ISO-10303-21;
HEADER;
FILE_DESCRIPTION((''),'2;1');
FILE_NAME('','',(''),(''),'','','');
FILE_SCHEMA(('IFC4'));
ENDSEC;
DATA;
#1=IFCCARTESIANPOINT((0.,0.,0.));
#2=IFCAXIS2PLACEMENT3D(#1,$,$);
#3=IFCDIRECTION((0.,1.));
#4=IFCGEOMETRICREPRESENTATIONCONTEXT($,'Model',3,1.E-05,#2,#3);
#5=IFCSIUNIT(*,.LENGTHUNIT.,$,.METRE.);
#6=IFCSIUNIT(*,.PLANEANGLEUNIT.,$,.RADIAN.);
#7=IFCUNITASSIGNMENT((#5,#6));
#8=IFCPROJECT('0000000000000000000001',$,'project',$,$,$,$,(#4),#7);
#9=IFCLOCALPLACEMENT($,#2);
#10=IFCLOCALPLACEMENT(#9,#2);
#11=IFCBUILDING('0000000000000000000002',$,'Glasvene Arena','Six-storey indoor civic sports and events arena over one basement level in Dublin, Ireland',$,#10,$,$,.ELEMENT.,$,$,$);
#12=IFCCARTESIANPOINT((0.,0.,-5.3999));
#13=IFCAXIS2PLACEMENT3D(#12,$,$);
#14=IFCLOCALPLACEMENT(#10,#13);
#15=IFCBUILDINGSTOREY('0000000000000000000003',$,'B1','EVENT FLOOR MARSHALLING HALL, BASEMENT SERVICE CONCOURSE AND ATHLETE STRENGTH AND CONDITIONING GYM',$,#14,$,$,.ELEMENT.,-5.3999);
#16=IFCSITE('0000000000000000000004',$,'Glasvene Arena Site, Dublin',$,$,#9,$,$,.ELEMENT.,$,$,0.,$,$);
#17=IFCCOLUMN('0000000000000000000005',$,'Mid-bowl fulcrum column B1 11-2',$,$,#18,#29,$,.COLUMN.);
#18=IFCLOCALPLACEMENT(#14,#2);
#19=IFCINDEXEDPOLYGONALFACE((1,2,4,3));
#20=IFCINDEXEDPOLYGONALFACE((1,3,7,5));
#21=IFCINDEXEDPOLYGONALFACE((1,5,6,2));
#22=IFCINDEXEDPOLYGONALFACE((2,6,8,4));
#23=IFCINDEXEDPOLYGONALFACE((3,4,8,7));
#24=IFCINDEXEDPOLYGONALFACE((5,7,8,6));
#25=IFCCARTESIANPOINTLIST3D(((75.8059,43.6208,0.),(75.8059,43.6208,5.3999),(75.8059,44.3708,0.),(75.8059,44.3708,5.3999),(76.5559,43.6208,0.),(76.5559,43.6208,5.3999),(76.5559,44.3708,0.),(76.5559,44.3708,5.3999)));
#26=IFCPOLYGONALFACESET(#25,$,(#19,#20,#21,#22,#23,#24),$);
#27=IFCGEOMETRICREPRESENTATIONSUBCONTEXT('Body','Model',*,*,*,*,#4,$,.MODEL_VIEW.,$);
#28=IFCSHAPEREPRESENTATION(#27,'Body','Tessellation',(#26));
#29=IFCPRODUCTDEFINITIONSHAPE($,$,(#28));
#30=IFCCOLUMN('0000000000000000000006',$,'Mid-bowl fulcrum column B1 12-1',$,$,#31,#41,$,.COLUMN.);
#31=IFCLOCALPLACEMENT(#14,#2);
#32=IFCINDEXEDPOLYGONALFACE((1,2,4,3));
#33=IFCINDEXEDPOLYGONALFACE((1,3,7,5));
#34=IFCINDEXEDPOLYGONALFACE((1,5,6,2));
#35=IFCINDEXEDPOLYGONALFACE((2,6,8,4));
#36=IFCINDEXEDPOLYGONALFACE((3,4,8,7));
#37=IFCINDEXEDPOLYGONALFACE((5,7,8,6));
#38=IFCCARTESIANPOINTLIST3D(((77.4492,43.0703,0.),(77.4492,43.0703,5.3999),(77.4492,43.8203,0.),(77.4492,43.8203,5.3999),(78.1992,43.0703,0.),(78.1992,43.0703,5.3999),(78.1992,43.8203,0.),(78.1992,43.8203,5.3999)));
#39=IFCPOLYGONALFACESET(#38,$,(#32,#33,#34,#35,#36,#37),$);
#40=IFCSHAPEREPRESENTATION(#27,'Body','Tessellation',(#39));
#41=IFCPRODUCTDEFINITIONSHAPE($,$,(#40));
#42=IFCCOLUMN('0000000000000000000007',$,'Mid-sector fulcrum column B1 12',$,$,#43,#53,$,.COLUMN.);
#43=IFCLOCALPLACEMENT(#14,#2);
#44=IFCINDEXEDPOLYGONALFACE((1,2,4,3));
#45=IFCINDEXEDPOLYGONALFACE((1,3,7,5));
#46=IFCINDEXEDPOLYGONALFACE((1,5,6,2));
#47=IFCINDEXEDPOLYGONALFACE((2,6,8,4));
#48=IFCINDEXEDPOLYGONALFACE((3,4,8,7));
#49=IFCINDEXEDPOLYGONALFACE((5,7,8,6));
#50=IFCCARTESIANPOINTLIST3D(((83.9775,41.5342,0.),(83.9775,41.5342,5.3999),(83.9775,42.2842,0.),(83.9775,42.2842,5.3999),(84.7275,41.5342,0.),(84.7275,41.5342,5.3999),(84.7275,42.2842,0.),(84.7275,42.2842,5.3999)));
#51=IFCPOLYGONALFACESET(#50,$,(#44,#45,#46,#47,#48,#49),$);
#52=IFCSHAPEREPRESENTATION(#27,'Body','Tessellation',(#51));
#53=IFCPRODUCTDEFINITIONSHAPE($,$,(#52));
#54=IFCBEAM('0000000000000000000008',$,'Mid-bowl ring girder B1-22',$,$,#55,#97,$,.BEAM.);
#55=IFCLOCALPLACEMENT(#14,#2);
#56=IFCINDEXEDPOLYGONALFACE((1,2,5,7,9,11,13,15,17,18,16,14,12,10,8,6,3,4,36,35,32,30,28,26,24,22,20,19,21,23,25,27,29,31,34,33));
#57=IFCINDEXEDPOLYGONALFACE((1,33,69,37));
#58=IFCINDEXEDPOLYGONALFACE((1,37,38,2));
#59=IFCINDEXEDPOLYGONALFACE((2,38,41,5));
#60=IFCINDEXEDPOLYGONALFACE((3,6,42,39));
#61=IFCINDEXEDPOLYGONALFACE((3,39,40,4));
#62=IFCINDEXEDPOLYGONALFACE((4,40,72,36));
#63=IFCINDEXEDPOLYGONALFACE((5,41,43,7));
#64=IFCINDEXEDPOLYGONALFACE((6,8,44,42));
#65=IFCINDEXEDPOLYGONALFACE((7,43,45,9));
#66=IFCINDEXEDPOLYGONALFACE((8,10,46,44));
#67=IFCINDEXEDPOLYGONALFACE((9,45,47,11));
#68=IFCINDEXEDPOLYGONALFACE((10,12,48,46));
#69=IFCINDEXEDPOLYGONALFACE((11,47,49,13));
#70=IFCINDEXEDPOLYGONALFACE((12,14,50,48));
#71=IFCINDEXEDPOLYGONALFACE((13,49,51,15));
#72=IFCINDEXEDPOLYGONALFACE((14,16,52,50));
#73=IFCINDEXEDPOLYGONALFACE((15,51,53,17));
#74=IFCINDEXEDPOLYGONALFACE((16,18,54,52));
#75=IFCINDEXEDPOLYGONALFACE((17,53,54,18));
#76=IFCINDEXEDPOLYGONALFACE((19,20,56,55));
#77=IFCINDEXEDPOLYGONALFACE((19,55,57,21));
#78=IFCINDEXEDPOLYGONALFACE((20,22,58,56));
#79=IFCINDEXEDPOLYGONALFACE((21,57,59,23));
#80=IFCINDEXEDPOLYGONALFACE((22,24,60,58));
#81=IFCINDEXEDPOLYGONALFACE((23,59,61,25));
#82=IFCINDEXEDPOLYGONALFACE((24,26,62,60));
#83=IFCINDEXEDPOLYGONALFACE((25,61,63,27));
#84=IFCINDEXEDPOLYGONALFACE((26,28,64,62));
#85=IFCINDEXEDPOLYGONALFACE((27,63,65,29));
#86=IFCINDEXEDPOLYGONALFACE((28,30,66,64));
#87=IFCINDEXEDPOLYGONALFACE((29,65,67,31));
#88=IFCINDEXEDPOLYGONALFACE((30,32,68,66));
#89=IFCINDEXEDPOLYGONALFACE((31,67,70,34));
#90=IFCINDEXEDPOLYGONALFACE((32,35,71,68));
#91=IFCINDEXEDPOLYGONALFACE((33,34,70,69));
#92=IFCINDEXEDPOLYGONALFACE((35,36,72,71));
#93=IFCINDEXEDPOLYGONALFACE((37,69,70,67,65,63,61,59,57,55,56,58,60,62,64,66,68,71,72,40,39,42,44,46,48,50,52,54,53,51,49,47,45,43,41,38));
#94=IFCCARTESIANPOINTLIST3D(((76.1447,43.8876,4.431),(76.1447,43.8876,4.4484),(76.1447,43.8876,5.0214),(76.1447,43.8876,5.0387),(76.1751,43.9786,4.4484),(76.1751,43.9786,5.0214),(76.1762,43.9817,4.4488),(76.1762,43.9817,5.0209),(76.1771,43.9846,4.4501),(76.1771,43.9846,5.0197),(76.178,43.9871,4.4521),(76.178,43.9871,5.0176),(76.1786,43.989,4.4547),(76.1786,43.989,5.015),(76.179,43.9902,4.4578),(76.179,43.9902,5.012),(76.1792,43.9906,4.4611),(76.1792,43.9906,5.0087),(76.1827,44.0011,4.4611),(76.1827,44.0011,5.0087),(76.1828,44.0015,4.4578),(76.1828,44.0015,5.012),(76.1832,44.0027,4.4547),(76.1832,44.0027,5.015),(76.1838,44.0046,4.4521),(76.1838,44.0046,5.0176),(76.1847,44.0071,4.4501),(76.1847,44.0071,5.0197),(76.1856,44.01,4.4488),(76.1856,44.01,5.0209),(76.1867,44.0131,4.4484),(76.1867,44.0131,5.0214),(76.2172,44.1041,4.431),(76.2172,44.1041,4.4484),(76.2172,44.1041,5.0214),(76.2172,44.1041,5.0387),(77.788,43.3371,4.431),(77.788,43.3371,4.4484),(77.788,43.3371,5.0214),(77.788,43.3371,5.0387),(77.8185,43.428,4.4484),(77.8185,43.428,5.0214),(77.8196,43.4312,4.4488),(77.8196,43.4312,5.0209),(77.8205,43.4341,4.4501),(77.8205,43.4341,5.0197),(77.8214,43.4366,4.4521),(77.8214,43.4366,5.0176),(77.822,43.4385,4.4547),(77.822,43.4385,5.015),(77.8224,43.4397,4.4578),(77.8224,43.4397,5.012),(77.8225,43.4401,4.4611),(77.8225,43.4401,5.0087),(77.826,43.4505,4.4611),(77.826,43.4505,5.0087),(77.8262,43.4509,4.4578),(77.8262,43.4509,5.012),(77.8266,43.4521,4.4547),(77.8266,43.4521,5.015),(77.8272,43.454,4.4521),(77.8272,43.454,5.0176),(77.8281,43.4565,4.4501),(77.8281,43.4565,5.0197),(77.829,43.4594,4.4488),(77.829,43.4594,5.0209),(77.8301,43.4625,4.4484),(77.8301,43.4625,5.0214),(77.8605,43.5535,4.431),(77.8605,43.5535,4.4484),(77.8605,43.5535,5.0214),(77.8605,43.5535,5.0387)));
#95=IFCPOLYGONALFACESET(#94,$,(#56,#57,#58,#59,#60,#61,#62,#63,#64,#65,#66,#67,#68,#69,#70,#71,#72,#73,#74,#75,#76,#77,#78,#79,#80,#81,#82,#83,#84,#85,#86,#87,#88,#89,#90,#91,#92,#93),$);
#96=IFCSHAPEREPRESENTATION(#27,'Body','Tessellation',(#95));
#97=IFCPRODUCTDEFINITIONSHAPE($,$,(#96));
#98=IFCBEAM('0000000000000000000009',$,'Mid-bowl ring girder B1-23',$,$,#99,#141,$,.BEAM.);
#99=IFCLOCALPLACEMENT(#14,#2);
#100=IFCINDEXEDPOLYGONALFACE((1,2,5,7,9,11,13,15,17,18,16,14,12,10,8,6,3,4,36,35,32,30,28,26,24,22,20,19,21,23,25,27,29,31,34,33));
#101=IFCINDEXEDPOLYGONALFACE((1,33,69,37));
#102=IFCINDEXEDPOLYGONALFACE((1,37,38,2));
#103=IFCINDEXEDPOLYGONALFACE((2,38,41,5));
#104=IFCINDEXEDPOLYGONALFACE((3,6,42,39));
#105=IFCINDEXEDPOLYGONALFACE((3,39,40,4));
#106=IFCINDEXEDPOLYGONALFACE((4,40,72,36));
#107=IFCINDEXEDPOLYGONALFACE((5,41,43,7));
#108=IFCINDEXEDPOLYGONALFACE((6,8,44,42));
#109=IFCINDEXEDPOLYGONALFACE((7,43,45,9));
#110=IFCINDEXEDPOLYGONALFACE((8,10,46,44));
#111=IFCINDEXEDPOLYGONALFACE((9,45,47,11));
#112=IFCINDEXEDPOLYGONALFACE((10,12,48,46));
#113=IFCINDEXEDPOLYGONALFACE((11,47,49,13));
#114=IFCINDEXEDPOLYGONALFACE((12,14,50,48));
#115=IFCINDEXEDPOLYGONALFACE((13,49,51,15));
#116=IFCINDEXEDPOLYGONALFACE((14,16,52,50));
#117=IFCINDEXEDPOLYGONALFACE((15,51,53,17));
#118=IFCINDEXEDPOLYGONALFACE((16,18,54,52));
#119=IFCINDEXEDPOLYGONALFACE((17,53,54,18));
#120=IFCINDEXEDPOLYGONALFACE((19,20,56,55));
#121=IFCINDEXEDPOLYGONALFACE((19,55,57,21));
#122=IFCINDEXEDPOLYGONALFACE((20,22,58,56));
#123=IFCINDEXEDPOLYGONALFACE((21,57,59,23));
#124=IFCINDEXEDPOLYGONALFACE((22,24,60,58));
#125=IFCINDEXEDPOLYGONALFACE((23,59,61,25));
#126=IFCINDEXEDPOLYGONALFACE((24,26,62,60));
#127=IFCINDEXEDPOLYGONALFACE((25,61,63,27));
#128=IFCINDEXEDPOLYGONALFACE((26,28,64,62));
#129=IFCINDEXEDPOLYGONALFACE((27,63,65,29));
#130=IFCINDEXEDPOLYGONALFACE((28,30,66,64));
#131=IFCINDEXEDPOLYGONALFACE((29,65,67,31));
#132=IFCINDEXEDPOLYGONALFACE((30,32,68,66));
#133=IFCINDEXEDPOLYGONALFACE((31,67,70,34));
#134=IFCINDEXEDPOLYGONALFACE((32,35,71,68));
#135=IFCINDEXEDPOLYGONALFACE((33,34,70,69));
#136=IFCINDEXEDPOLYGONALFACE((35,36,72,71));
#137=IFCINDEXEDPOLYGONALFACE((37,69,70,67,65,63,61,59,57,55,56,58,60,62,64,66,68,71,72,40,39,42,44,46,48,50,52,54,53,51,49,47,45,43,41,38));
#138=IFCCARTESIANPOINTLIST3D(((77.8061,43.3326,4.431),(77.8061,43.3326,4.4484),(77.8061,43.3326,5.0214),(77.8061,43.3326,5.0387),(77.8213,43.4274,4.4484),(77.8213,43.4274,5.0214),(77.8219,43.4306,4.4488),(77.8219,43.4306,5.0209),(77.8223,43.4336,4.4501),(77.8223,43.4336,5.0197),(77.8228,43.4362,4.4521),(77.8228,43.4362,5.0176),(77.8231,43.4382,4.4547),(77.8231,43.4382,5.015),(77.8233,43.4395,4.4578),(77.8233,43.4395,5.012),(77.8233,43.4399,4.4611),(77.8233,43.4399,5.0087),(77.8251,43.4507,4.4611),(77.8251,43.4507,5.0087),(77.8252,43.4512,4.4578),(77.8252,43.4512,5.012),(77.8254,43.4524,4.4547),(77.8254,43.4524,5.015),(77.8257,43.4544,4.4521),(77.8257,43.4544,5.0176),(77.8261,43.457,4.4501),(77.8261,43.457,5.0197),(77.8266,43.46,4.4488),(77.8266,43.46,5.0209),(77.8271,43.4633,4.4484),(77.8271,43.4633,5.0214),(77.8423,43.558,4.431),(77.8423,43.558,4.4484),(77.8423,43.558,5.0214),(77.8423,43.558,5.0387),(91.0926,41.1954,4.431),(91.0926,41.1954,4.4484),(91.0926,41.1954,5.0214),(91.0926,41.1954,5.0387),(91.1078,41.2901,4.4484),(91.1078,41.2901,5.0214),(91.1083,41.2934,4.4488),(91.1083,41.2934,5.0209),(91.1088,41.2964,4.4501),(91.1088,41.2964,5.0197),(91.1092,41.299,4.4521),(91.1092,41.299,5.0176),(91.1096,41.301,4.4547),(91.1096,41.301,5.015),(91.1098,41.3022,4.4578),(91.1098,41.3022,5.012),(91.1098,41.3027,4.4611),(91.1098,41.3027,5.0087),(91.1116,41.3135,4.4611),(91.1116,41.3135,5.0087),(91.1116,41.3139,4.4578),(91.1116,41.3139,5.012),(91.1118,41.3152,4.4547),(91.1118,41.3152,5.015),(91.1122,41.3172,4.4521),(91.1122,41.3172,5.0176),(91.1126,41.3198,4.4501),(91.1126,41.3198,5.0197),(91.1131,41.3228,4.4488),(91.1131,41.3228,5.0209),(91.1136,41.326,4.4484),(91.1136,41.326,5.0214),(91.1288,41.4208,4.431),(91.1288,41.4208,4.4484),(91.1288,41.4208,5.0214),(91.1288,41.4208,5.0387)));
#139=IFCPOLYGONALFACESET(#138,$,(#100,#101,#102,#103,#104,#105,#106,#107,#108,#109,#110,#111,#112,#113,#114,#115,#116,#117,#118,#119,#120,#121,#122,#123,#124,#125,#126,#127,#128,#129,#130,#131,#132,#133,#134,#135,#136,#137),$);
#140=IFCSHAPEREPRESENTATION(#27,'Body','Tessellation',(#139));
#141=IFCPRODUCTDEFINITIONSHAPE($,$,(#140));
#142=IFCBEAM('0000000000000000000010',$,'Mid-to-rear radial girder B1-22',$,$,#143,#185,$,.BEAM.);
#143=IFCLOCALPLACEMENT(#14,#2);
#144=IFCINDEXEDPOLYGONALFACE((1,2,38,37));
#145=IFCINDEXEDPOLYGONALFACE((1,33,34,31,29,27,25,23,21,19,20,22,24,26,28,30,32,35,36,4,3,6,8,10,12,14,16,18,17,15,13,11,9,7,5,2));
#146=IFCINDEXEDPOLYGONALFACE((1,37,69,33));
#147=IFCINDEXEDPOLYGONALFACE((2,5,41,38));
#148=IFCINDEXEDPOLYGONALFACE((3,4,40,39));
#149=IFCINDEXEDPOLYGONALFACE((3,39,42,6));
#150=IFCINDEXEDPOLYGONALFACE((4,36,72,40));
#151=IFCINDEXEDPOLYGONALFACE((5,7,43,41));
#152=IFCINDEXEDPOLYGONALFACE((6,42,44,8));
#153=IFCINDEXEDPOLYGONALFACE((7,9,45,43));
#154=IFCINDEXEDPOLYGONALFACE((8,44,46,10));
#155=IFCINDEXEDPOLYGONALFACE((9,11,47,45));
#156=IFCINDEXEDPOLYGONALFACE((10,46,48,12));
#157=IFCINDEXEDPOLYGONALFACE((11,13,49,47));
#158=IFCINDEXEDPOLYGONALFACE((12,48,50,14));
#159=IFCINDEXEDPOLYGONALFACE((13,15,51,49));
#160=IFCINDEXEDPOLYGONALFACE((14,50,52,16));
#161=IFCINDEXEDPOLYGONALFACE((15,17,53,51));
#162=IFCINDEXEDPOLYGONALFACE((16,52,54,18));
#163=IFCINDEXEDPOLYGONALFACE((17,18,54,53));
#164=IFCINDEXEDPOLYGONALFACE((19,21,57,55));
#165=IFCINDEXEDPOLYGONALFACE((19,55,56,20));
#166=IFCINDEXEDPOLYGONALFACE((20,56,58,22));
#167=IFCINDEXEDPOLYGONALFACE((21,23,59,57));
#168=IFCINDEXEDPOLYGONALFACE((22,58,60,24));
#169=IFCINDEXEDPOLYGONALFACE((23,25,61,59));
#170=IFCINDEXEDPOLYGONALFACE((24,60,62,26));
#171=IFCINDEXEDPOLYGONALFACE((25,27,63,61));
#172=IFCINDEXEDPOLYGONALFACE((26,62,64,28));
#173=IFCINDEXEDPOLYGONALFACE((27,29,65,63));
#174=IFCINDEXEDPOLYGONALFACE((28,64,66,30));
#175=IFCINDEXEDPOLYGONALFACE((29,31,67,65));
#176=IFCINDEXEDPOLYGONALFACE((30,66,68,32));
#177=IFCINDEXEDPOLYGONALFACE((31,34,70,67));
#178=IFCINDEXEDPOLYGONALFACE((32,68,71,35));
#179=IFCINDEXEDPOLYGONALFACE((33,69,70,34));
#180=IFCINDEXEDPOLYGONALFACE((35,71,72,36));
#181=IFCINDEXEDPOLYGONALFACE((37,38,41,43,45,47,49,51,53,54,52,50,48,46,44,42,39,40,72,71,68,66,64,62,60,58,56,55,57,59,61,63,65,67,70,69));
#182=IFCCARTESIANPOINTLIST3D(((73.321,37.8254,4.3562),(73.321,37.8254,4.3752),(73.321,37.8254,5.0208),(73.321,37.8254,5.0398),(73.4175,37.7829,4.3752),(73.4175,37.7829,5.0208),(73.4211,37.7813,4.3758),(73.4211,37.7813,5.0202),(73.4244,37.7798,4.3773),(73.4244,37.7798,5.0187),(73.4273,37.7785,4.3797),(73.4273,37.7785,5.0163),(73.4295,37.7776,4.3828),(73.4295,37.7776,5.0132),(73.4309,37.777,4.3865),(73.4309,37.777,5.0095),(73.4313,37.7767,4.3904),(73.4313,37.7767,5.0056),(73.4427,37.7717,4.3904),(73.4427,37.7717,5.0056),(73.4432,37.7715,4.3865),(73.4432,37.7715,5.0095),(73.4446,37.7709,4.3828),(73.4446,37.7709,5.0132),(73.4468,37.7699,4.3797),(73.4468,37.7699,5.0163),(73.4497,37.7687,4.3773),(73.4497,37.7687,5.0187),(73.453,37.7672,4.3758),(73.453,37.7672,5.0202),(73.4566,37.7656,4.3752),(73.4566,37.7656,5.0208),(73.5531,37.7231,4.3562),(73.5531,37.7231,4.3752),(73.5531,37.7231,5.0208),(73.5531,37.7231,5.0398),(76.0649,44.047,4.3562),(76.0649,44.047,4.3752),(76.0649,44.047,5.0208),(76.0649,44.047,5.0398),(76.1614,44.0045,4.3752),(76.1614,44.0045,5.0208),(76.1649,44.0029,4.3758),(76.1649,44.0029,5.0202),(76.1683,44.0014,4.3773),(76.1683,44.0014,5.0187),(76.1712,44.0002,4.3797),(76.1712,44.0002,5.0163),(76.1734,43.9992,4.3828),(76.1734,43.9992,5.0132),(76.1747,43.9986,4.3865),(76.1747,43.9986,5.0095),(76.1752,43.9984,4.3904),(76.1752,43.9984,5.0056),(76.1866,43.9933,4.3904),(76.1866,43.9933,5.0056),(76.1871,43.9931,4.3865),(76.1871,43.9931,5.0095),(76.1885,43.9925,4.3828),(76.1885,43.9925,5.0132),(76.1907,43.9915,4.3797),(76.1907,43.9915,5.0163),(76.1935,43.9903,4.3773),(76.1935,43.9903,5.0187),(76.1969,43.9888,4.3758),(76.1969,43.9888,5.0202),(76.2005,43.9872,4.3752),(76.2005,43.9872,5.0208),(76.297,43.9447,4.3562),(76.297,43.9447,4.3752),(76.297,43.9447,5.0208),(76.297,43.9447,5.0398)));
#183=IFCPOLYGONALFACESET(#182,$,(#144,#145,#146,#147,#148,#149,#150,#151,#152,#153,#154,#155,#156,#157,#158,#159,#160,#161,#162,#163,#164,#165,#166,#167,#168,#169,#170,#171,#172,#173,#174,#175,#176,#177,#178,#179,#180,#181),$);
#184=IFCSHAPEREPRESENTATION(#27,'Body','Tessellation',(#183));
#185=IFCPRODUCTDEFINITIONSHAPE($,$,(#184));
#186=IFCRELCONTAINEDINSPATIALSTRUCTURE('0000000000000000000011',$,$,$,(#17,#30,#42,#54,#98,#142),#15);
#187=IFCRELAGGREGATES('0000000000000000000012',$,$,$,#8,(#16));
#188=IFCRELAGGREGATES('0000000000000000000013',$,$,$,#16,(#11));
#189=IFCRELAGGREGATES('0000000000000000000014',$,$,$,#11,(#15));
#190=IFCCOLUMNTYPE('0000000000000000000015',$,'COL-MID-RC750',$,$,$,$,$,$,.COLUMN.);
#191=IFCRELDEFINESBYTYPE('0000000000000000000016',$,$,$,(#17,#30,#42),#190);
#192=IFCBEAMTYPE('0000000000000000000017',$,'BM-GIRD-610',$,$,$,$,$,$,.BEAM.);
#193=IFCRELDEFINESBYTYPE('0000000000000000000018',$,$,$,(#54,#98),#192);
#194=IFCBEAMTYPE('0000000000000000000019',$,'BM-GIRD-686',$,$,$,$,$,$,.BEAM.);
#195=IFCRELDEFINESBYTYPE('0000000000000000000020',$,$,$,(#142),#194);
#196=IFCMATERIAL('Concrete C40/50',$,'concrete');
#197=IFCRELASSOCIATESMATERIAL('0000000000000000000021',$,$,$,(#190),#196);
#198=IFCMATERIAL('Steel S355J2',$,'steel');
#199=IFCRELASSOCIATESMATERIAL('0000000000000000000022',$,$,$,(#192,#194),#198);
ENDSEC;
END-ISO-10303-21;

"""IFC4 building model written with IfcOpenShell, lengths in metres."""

from ifc_helpers import new_model, si_unit, direction, frame, origin, origin_2d, place, context, subcontext, project, spatial, rectangle, i_section, extrude, material, material_profile, profile_set, type_object, element, save


model = new_model("IFC4")

# Units and contexts
model_context = context("Model", 3, precision=1e-05, world=origin(), true_north=direction((0.0, 1.0)))
body_context = subcontext(model_context, "Body", "Model", "MODEL_VIEW")
ifc_project = project(units=[si_unit("LENGTHUNIT", "METRE"), si_unit("PLANEANGLEUNIT", "RADIAN")], contexts=[model_context])

# Site, building, storey
site_placement = place(None, origin())
site = spatial("IfcSite", under=ifc_project, at=site_placement, Name="Glasvene Arena Site, Dublin", CompositionType="ELEMENT", RefElevation=0.0)
building_placement = place(site_placement, origin())
building = spatial("IfcBuilding", under=site, at=building_placement, Name="Glasvene Arena", Description="Six-storey indoor civic sports and events arena over one basement level in Dublin, Ireland", CompositionType="ELEMENT")
storey_placement = place(building_placement, frame((0.0, 0.0, -5.3999)))
storey = spatial("IfcBuildingStorey", under=building, at=storey_placement, Name="B1", Description="EVENT FLOOR MARSHALLING HALL, BASEMENT SERVICE CONCOURSE AND ATHLETE STRENGTH AND CONDITIONING GYM", CompositionType="ELEMENT", Elevation=-5.3999)

# Shared definitions
ifc_material_1 = material(Name="Concrete C40/50", Category="concrete")

# Columns
ifc_material_profile_1 = material_profile(ifc_material_1, rectangle(XDim=0.75, YDim=0.75, at=origin_2d()), Name="RC 750x750")
ifc_profile_set_1 = profile_set([ifc_material_profile_1], Name="Concrete C40/50")
column_type_1 = type_object("IfcColumnType", Name="COL-MID-RC750", PredefinedType="COLUMN", material=ifc_profile_set_1)
for number, where, z_axis, x_axis, name in (
    (1, (76.1809, 43.9958, 0.0), (0.0, 0.0, 1.0), (1.0, 0.0, 0.0), "Mid-bowl fulcrum column B1 11-2"),
    (2, (77.8242, 43.4453, 0.0), (0.0, 0.0, 1.0), (1.0, 0.0, 0.0), "Mid-bowl fulcrum column B1 12-1"),
    (3, (84.3525, 41.9092, 0.0), (0.0, 0.0, 1.0), (1.0, 0.0, 0.0), "Mid-sector fulcrum column B1 12"),
):
    element("IfcColumn", number, at=place(storey_placement, frame(where, z_axis=z_axis, x_axis=x_axis)), inside=storey, type_object=column_type_1, Name=name, PredefinedType="COLUMN", context=body_context, shape_type="SweptSolid", body=[
        extrude(rectangle(XDim=0.75, YDim=0.75, at=origin_2d()), origin(), (0.0, 0.0, 1.0), 5.3999),
    ])

# Beams
ifc_material_2 = material(Name="Steel S355J2", Category="steel")
ifc_material_profile_2 = material_profile(ifc_material_2, i_section(OverallWidth=0.2283, OverallDepth=0.6077, WebThickness=0.011, FlangeThickness=0.0173, FilletRadius=0.0127, at=origin_2d()), Name="UKB 610x229x113")
ifc_profile_set_2 = profile_set([ifc_material_profile_2], Name="Steel S355J2")
beam_type_1 = type_object("IfcBeamType", Name="BM-GIRD-610", PredefinedType="BEAM", material=ifc_profile_set_2)
beam_1_placement = place(storey_placement, frame((76.1809, 43.9958, 4.7349), z_axis=(0.948203, -0.317664, 0.0), x_axis=(0.317664, 0.948203, 0.0)))
element("IfcBeam", 4, at=beam_1_placement, inside=storey, type_object=beam_type_1, Name="Mid-bowl ring girder B1-22", PredefinedType="BEAM", context=body_context, shape_type="SweptSolid", body=[
    extrude(i_section(OverallWidth=0.2283, OverallDepth=0.6077, WebThickness=0.011, FlangeThickness=0.0173, FilletRadius=0.0127, at=origin_2d()), origin(), (0.0, 0.0, 1.0), 1.7332),
])
beam_2_placement = place(storey_placement, frame((77.8242, 43.4453, 4.7349), z_axis=(0.987308, -0.158815, 0.0), x_axis=(0.158815, 0.987308, 0.0)))
element("IfcBeam", 5, at=beam_2_placement, inside=storey, type_object=beam_type_1, Name="Mid-bowl ring girder B1-23", PredefinedType="BEAM", context=body_context, shape_type="SweptSolid", body=[
    extrude(i_section(OverallWidth=0.2283, OverallDepth=0.6077, WebThickness=0.011, FlangeThickness=0.0173, FilletRadius=0.0127, at=origin_2d()), origin(), (0.0, 0.0, 1.0), 13.4573),
])
ifc_material_profile_3 = material_profile(ifc_material_2, i_section(OverallWidth=0.2537, OverallDepth=0.6836, WebThickness=0.0125, FlangeThickness=0.019, FilletRadius=0.0151, at=origin_2d()), Name="UKB 686x254x140")
ifc_profile_set_3 = profile_set([ifc_material_profile_3], Name="Steel S355J2")
beam_type_2 = type_object("IfcBeamType", Name="BM-GIRD-686", PredefinedType="BEAM", material=ifc_profile_set_3)
beam_3_placement = place(storey_placement, frame((76.1809, 43.9958, 4.698), z_axis=(-0.403522, -0.91497, 0.0), x_axis=(0.91497, -0.403522, 0.0)))
element("IfcBeam", 6, at=beam_3_placement, inside=storey, type_object=beam_type_2, Name="Mid-to-rear radial girder B1-22", PredefinedType="BEAM", context=body_context, shape_type="SweptSolid", body=[
    extrude(i_section(OverallWidth=0.2537, OverallDepth=0.6836, WebThickness=0.0125, FlangeThickness=0.019, FilletRadius=0.0151, at=origin_2d()), origin(), (0.0, 0.0, 1.0), 6.7998),
])

save(model, "model.ifc")
